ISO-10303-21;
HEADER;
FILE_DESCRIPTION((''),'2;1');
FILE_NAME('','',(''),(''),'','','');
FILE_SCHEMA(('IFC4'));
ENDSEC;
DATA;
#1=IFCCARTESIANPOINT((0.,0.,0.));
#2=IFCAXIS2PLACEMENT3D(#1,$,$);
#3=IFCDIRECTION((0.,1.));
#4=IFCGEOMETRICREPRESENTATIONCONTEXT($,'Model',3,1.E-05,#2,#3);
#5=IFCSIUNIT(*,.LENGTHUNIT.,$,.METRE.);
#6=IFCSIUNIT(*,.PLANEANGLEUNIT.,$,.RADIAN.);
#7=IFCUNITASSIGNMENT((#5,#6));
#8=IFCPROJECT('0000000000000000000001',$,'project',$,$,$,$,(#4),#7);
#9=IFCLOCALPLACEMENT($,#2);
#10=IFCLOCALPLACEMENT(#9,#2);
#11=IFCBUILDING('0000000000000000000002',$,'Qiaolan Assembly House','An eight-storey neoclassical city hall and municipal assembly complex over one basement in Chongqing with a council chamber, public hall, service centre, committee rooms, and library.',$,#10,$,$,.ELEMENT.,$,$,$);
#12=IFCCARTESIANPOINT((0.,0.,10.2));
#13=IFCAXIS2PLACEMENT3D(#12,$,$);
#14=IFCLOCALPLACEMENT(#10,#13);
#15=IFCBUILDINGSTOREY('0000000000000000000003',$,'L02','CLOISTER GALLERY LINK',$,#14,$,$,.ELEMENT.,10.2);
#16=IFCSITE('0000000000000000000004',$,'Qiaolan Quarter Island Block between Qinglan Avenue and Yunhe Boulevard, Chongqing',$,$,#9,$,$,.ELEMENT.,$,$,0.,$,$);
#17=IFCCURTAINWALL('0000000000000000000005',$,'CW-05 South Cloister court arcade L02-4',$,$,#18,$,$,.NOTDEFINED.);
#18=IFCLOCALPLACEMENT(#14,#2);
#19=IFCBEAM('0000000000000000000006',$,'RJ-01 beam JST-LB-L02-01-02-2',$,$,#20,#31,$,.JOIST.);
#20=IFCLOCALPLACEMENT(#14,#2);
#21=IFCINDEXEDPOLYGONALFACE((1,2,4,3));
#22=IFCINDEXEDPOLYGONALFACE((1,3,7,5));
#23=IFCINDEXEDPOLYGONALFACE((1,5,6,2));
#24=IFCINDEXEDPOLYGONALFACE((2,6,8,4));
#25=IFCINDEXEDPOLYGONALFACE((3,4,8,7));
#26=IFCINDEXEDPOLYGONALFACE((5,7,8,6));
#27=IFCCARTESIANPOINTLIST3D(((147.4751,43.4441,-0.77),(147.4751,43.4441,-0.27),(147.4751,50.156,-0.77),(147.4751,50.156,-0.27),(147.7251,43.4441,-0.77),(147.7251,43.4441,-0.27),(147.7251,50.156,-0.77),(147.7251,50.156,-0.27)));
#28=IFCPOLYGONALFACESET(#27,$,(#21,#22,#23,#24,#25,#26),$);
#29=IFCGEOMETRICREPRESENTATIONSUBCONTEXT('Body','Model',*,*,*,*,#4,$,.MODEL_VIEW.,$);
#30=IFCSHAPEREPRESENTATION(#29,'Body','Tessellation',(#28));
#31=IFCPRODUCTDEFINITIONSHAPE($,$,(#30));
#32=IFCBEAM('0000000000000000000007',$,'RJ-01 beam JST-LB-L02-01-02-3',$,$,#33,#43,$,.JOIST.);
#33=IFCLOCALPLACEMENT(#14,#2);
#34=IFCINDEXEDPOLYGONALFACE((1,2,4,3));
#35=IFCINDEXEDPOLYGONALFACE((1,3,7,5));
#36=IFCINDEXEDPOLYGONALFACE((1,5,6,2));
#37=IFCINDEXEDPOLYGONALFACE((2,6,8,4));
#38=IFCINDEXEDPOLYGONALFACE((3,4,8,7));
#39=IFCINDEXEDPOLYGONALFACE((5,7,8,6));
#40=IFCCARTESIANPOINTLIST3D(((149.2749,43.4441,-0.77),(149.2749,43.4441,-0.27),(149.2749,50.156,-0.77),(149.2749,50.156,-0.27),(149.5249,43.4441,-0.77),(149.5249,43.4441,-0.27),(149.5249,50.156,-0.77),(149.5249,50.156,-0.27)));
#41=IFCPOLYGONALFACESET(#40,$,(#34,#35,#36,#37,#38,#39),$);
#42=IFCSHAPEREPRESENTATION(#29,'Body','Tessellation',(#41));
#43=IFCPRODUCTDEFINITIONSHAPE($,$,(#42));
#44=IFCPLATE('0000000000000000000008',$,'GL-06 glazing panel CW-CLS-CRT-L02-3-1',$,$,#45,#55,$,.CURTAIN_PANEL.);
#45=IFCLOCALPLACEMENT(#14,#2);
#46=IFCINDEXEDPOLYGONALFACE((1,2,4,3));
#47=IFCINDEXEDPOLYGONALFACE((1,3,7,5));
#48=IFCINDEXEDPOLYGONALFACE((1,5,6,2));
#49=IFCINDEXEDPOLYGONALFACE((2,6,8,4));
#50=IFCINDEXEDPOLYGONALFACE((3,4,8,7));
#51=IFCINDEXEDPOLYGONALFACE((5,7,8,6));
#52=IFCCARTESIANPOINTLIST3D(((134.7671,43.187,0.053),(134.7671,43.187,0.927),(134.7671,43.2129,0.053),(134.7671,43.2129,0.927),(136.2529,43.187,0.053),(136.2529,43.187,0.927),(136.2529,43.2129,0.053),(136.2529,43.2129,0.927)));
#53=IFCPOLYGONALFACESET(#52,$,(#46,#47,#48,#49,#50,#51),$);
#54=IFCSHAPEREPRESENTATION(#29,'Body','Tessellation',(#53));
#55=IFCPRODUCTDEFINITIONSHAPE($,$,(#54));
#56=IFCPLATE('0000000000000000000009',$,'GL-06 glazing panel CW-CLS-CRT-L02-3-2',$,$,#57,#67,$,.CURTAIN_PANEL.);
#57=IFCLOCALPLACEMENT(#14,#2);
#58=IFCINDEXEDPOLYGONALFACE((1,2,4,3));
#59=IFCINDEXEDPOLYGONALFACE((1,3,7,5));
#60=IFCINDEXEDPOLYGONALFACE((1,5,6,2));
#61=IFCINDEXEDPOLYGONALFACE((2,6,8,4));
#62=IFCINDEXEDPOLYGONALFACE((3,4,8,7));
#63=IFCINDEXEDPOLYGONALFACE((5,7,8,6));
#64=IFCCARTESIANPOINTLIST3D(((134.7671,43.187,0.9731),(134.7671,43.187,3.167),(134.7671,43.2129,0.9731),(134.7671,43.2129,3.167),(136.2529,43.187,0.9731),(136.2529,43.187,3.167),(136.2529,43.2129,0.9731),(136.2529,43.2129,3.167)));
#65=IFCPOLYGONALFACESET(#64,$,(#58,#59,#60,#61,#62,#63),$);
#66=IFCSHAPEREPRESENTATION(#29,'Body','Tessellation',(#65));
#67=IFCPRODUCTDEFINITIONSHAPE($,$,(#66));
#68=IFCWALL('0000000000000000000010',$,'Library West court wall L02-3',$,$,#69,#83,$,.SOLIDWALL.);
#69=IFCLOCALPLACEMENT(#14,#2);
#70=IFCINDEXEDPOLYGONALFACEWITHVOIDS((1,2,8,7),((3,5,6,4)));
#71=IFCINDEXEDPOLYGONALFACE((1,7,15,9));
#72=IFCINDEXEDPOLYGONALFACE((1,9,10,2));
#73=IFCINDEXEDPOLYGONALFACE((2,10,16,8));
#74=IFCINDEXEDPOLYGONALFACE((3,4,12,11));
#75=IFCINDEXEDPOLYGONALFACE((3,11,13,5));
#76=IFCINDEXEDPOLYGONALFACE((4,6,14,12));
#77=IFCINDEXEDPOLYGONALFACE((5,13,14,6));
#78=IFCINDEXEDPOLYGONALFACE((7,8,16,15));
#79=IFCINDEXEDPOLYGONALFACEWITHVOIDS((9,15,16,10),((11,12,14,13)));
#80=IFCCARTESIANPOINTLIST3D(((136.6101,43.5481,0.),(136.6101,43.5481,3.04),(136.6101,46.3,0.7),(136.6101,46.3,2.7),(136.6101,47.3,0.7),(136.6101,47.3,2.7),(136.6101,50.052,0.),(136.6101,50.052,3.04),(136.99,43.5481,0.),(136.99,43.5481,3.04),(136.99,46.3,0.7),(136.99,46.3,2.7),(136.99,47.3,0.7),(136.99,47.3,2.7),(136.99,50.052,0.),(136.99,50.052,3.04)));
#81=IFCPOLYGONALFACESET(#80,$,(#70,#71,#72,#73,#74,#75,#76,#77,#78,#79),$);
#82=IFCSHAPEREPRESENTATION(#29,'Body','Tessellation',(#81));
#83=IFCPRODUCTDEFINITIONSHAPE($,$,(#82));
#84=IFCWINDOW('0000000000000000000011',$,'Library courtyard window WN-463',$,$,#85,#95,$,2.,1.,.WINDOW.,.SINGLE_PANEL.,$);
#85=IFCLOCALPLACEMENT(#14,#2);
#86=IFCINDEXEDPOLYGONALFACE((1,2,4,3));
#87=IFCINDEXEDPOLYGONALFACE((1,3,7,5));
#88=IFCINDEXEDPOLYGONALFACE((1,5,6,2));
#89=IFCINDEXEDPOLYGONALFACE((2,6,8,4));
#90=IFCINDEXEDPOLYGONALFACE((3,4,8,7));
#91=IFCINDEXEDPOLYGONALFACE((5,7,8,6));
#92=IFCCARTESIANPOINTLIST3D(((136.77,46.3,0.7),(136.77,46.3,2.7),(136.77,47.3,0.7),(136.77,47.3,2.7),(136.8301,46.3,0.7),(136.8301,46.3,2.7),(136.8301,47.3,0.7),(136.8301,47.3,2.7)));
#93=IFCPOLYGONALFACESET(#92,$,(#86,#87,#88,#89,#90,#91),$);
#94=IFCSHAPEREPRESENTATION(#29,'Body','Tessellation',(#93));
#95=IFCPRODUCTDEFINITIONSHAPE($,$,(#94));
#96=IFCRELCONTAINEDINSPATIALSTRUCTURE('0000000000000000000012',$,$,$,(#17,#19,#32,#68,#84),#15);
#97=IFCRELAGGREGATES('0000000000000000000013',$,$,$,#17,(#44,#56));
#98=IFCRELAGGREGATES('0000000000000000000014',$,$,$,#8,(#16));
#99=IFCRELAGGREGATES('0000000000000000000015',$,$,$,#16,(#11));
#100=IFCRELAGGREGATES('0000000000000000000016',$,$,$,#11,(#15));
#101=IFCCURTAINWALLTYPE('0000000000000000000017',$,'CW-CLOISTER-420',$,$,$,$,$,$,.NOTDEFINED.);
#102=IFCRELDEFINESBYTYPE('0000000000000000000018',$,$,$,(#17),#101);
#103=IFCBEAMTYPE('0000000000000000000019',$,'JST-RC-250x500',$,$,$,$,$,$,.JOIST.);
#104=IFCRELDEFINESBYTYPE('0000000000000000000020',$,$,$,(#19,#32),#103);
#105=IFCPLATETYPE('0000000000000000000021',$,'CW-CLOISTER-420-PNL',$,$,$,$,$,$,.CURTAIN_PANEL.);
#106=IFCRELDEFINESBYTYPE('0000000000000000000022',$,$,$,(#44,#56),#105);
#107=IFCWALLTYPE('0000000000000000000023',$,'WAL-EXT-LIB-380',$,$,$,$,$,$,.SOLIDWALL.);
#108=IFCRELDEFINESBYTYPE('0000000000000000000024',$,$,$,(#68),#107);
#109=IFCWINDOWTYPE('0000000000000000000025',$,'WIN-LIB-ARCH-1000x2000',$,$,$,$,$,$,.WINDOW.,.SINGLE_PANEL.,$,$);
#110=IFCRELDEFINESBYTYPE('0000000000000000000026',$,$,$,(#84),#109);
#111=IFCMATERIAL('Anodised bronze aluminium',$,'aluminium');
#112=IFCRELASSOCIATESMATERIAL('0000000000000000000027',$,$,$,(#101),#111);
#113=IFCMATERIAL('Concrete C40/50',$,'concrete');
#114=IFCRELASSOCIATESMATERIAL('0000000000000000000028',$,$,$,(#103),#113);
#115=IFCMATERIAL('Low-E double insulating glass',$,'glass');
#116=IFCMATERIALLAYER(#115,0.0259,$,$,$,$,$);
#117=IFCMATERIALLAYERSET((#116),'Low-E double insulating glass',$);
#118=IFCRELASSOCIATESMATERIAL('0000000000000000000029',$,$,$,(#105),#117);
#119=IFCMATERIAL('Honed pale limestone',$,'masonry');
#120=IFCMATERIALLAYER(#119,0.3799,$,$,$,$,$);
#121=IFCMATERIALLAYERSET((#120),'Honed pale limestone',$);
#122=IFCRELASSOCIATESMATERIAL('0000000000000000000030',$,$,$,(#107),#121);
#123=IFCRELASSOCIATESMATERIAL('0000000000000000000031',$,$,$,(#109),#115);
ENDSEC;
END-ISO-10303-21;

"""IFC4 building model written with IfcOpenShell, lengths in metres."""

from ifc_helpers import new_model, si_unit, direction, frame, frame_2d, origin, origin_2d, place, context, subcontext, project, spatial, rectangle, extrude, material, layer, layer_set, material_profile, profile_set, type_object, element, fill, aggregate, save


model = new_model("IFC4")

# Units and contexts
model_context = context("Model", 3, precision=1e-05, world=origin(), true_north=direction((0.0, 1.0)))
body_context = subcontext(model_context, "Body", "Model", "MODEL_VIEW")
ifc_project = project(units=[si_unit("LENGTHUNIT", "METRE"), si_unit("PLANEANGLEUNIT", "RADIAN")], contexts=[model_context])

# Site, building, storey
site_placement = place(None, origin())
site = spatial("IfcSite", under=ifc_project, at=site_placement, Name="Qiaolan Quarter Island Block between Qinglan Avenue and Yunhe Boulevard, Chongqing", CompositionType="ELEMENT", RefElevation=0.0)
building_placement = place(site_placement, origin())
building = spatial("IfcBuilding", under=site, at=building_placement, Name="Qiaolan Assembly House", Description="An eight-storey neoclassical city hall and municipal assembly complex over one basement in Chongqing with a council chamber, public hall, service centre, committee rooms, and library.", CompositionType="ELEMENT")
storey_placement = place(building_placement, frame((0.0, 0.0, 10.2)))
storey = spatial("IfcBuildingStorey", under=building, at=storey_placement, Name="L02", Description="CLOISTER GALLERY LINK", CompositionType="ELEMENT", Elevation=10.2)

# Shared definitions
ifc_material_1 = material(Name="Concrete C40/50", Category="concrete")

# Curtain wall
ifc_material_2 = material(Name="Anodised bronze aluminium", Category="aluminium")
curtain_wall_type = type_object("IfcCurtainWallType", Name="CW-CLOISTER-420", PredefinedType="NOTDEFINED", material=ifc_material_2)
curtain_wall_placement = place(storey_placement, origin())
curtain_wall = element("IfcCurtainWall", 1, at=curtain_wall_placement, inside=storey, type_object=curtain_wall_type, Name="CW-05 South Cloister court arcade L02-4", PredefinedType="NOTDEFINED")

# Beams
ifc_material_profile_1 = material_profile(ifc_material_1, rectangle(XDim=0.25, YDim=0.5, at=origin_2d()), Name="RCB 250x500")
ifc_profile_set_1 = profile_set([ifc_material_profile_1], Name="Concrete C40/50")
beam_type_1 = type_object("IfcBeamType", Name="JST-RC-250x500", PredefinedType="JOIST", material=ifc_profile_set_1)
for number, where, z_axis, x_axis, name in (
    (2, (147.6001, 43.4441, -0.52), (0.0, 1.0, 0.0), (-1.0, 0.0, 0.0), "RJ-01 beam JST-LB-L02-01-02-2"),
    (3, (149.3999, 43.4441, -0.52), (0.0, 1.0, 0.0), (-1.0, 0.0, 0.0), "RJ-01 beam JST-LB-L02-01-02-3"),
):
    element("IfcBeam", number, at=place(storey_placement, frame(where, z_axis=z_axis, x_axis=x_axis)), inside=storey, type_object=beam_type_1, Name=name, PredefinedType="JOIST", context=body_context, shape_type="SweptSolid", body=[
        extrude(rectangle(XDim=0.25, YDim=0.5, at=origin_2d()), origin(), (0.0, 0.0, 1.0), 6.7119),
    ])

# Plates
ifc_material_3 = material(Name="Low-E double insulating glass", Category="glass")
ifc_layer_1 = layer(ifc_material_3, 0.0259)
ifc_layer_set_1 = layer_set([ifc_layer_1], Name="Low-E double insulating glass")
plate_type = type_object("IfcPlateType", Name="CW-CLOISTER-420-PNL", PredefinedType="CURTAIN_PANEL", material=ifc_layer_set_1)
plate_1_placement = place(storey_placement, frame((136.2529, 43.2, 0.053), z_axis=(0.0, 0.0, 1.0), x_axis=(-1.0, 0.0, 0.0)))
plate_1 = element("IfcPlate", 4, at=plate_1_placement, type_object=plate_type, Name="GL-06 glazing panel CW-CLS-CRT-L02-3-1", PredefinedType="CURTAIN_PANEL", context=body_context, shape_type="SweptSolid", body=[
    extrude(rectangle(XDim=1.4858, YDim=0.0259, at=frame_2d((0.7429, 0.0))), origin(), (0.0, 0.0, 1.0), 0.874),
])
plate_2_placement = place(storey_placement, frame((136.2529, 43.2, 0.9731), z_axis=(0.0, 0.0, 1.0), x_axis=(-1.0, 0.0, 0.0)))
plate_2 = element("IfcPlate", 5, at=plate_2_placement, type_object=plate_type, Name="GL-06 glazing panel CW-CLS-CRT-L02-3-2", PredefinedType="CURTAIN_PANEL", context=body_context, shape_type="SweptSolid", body=[
    extrude(rectangle(XDim=1.4858, YDim=0.0259, at=frame_2d((0.7429, 0.0))), origin(), (0.0, 0.0, 1.0), 2.1938),
])
aggregate(curtain_wall, [plate_1, plate_2])

# Wall, opening, window
ifc_material_4 = material(Name="Honed pale limestone", Category="masonry")
ifc_layer_2 = layer(ifc_material_4, 0.3799)
ifc_layer_set_2 = layer_set([ifc_layer_2], Name="Honed pale limestone")
wall_type = type_object("IfcWallType", Name="WAL-EXT-LIB-380", PredefinedType="SOLIDWALL", material=ifc_layer_set_2)
wall_placement = place(storey_placement, frame((136.8, 43.5481, 0.0), z_axis=(0.0, 0.0, 1.0), x_axis=(0.0, 1.0, 0.0)))
wall = element("IfcWall", 6, at=wall_placement, inside=storey, type_object=wall_type, Name="Library West court wall L02-3", PredefinedType="SOLIDWALL", context=body_context, shape_type="SweptSolid", body=[
    extrude(rectangle(XDim=6.5039, YDim=0.3799, at=frame_2d((3.252, 0.0))), origin(), (0.0, 0.0, 1.0), 3.04),
])
opening_placement = place(wall_placement, frame((2.752, 0.0, 0.7)))
opening = element("IfcOpeningElement", 7, at=opening_placement, cuts=wall, PredefinedType="OPENING", context=body_context, shape_type="SweptSolid", body=[
    extrude(rectangle(XDim=1.0, YDim=2.0, at=frame_2d((0.5, 1.0))), frame((0.0, 0.2, 0.0), z_axis=(0.0, -1.0, 0.0), x_axis=(1.0, 0.0, 0.0)), (0.0, 0.0, 1.0), 0.3999),
])
window_type = type_object("IfcWindowType", Name="WIN-LIB-ARCH-1000x2000", PartitioningType="SINGLE_PANEL", PredefinedType="WINDOW", material=ifc_material_3)
window_placement = place(opening_placement, origin())
window = element("IfcWindow", 8, at=window_placement, inside=storey, type_object=window_type, Name="Library courtyard window WN-463", OverallHeight=2.0, OverallWidth=1.0, PartitioningType="SINGLE_PANEL", PredefinedType="WINDOW", context=body_context, shape_type="SweptSolid", body=[
    extrude(rectangle(XDim=1.0, YDim=2.0, at=frame_2d((0.5, 1.0))), frame((0.0, 0.03, 0.0), z_axis=(0.0, -1.0, 0.0), x_axis=(1.0, 0.0, 0.0)), (0.0, 0.0, 1.0), 0.0601),
])
fill(opening, window)

save(model, "model.ifc")
